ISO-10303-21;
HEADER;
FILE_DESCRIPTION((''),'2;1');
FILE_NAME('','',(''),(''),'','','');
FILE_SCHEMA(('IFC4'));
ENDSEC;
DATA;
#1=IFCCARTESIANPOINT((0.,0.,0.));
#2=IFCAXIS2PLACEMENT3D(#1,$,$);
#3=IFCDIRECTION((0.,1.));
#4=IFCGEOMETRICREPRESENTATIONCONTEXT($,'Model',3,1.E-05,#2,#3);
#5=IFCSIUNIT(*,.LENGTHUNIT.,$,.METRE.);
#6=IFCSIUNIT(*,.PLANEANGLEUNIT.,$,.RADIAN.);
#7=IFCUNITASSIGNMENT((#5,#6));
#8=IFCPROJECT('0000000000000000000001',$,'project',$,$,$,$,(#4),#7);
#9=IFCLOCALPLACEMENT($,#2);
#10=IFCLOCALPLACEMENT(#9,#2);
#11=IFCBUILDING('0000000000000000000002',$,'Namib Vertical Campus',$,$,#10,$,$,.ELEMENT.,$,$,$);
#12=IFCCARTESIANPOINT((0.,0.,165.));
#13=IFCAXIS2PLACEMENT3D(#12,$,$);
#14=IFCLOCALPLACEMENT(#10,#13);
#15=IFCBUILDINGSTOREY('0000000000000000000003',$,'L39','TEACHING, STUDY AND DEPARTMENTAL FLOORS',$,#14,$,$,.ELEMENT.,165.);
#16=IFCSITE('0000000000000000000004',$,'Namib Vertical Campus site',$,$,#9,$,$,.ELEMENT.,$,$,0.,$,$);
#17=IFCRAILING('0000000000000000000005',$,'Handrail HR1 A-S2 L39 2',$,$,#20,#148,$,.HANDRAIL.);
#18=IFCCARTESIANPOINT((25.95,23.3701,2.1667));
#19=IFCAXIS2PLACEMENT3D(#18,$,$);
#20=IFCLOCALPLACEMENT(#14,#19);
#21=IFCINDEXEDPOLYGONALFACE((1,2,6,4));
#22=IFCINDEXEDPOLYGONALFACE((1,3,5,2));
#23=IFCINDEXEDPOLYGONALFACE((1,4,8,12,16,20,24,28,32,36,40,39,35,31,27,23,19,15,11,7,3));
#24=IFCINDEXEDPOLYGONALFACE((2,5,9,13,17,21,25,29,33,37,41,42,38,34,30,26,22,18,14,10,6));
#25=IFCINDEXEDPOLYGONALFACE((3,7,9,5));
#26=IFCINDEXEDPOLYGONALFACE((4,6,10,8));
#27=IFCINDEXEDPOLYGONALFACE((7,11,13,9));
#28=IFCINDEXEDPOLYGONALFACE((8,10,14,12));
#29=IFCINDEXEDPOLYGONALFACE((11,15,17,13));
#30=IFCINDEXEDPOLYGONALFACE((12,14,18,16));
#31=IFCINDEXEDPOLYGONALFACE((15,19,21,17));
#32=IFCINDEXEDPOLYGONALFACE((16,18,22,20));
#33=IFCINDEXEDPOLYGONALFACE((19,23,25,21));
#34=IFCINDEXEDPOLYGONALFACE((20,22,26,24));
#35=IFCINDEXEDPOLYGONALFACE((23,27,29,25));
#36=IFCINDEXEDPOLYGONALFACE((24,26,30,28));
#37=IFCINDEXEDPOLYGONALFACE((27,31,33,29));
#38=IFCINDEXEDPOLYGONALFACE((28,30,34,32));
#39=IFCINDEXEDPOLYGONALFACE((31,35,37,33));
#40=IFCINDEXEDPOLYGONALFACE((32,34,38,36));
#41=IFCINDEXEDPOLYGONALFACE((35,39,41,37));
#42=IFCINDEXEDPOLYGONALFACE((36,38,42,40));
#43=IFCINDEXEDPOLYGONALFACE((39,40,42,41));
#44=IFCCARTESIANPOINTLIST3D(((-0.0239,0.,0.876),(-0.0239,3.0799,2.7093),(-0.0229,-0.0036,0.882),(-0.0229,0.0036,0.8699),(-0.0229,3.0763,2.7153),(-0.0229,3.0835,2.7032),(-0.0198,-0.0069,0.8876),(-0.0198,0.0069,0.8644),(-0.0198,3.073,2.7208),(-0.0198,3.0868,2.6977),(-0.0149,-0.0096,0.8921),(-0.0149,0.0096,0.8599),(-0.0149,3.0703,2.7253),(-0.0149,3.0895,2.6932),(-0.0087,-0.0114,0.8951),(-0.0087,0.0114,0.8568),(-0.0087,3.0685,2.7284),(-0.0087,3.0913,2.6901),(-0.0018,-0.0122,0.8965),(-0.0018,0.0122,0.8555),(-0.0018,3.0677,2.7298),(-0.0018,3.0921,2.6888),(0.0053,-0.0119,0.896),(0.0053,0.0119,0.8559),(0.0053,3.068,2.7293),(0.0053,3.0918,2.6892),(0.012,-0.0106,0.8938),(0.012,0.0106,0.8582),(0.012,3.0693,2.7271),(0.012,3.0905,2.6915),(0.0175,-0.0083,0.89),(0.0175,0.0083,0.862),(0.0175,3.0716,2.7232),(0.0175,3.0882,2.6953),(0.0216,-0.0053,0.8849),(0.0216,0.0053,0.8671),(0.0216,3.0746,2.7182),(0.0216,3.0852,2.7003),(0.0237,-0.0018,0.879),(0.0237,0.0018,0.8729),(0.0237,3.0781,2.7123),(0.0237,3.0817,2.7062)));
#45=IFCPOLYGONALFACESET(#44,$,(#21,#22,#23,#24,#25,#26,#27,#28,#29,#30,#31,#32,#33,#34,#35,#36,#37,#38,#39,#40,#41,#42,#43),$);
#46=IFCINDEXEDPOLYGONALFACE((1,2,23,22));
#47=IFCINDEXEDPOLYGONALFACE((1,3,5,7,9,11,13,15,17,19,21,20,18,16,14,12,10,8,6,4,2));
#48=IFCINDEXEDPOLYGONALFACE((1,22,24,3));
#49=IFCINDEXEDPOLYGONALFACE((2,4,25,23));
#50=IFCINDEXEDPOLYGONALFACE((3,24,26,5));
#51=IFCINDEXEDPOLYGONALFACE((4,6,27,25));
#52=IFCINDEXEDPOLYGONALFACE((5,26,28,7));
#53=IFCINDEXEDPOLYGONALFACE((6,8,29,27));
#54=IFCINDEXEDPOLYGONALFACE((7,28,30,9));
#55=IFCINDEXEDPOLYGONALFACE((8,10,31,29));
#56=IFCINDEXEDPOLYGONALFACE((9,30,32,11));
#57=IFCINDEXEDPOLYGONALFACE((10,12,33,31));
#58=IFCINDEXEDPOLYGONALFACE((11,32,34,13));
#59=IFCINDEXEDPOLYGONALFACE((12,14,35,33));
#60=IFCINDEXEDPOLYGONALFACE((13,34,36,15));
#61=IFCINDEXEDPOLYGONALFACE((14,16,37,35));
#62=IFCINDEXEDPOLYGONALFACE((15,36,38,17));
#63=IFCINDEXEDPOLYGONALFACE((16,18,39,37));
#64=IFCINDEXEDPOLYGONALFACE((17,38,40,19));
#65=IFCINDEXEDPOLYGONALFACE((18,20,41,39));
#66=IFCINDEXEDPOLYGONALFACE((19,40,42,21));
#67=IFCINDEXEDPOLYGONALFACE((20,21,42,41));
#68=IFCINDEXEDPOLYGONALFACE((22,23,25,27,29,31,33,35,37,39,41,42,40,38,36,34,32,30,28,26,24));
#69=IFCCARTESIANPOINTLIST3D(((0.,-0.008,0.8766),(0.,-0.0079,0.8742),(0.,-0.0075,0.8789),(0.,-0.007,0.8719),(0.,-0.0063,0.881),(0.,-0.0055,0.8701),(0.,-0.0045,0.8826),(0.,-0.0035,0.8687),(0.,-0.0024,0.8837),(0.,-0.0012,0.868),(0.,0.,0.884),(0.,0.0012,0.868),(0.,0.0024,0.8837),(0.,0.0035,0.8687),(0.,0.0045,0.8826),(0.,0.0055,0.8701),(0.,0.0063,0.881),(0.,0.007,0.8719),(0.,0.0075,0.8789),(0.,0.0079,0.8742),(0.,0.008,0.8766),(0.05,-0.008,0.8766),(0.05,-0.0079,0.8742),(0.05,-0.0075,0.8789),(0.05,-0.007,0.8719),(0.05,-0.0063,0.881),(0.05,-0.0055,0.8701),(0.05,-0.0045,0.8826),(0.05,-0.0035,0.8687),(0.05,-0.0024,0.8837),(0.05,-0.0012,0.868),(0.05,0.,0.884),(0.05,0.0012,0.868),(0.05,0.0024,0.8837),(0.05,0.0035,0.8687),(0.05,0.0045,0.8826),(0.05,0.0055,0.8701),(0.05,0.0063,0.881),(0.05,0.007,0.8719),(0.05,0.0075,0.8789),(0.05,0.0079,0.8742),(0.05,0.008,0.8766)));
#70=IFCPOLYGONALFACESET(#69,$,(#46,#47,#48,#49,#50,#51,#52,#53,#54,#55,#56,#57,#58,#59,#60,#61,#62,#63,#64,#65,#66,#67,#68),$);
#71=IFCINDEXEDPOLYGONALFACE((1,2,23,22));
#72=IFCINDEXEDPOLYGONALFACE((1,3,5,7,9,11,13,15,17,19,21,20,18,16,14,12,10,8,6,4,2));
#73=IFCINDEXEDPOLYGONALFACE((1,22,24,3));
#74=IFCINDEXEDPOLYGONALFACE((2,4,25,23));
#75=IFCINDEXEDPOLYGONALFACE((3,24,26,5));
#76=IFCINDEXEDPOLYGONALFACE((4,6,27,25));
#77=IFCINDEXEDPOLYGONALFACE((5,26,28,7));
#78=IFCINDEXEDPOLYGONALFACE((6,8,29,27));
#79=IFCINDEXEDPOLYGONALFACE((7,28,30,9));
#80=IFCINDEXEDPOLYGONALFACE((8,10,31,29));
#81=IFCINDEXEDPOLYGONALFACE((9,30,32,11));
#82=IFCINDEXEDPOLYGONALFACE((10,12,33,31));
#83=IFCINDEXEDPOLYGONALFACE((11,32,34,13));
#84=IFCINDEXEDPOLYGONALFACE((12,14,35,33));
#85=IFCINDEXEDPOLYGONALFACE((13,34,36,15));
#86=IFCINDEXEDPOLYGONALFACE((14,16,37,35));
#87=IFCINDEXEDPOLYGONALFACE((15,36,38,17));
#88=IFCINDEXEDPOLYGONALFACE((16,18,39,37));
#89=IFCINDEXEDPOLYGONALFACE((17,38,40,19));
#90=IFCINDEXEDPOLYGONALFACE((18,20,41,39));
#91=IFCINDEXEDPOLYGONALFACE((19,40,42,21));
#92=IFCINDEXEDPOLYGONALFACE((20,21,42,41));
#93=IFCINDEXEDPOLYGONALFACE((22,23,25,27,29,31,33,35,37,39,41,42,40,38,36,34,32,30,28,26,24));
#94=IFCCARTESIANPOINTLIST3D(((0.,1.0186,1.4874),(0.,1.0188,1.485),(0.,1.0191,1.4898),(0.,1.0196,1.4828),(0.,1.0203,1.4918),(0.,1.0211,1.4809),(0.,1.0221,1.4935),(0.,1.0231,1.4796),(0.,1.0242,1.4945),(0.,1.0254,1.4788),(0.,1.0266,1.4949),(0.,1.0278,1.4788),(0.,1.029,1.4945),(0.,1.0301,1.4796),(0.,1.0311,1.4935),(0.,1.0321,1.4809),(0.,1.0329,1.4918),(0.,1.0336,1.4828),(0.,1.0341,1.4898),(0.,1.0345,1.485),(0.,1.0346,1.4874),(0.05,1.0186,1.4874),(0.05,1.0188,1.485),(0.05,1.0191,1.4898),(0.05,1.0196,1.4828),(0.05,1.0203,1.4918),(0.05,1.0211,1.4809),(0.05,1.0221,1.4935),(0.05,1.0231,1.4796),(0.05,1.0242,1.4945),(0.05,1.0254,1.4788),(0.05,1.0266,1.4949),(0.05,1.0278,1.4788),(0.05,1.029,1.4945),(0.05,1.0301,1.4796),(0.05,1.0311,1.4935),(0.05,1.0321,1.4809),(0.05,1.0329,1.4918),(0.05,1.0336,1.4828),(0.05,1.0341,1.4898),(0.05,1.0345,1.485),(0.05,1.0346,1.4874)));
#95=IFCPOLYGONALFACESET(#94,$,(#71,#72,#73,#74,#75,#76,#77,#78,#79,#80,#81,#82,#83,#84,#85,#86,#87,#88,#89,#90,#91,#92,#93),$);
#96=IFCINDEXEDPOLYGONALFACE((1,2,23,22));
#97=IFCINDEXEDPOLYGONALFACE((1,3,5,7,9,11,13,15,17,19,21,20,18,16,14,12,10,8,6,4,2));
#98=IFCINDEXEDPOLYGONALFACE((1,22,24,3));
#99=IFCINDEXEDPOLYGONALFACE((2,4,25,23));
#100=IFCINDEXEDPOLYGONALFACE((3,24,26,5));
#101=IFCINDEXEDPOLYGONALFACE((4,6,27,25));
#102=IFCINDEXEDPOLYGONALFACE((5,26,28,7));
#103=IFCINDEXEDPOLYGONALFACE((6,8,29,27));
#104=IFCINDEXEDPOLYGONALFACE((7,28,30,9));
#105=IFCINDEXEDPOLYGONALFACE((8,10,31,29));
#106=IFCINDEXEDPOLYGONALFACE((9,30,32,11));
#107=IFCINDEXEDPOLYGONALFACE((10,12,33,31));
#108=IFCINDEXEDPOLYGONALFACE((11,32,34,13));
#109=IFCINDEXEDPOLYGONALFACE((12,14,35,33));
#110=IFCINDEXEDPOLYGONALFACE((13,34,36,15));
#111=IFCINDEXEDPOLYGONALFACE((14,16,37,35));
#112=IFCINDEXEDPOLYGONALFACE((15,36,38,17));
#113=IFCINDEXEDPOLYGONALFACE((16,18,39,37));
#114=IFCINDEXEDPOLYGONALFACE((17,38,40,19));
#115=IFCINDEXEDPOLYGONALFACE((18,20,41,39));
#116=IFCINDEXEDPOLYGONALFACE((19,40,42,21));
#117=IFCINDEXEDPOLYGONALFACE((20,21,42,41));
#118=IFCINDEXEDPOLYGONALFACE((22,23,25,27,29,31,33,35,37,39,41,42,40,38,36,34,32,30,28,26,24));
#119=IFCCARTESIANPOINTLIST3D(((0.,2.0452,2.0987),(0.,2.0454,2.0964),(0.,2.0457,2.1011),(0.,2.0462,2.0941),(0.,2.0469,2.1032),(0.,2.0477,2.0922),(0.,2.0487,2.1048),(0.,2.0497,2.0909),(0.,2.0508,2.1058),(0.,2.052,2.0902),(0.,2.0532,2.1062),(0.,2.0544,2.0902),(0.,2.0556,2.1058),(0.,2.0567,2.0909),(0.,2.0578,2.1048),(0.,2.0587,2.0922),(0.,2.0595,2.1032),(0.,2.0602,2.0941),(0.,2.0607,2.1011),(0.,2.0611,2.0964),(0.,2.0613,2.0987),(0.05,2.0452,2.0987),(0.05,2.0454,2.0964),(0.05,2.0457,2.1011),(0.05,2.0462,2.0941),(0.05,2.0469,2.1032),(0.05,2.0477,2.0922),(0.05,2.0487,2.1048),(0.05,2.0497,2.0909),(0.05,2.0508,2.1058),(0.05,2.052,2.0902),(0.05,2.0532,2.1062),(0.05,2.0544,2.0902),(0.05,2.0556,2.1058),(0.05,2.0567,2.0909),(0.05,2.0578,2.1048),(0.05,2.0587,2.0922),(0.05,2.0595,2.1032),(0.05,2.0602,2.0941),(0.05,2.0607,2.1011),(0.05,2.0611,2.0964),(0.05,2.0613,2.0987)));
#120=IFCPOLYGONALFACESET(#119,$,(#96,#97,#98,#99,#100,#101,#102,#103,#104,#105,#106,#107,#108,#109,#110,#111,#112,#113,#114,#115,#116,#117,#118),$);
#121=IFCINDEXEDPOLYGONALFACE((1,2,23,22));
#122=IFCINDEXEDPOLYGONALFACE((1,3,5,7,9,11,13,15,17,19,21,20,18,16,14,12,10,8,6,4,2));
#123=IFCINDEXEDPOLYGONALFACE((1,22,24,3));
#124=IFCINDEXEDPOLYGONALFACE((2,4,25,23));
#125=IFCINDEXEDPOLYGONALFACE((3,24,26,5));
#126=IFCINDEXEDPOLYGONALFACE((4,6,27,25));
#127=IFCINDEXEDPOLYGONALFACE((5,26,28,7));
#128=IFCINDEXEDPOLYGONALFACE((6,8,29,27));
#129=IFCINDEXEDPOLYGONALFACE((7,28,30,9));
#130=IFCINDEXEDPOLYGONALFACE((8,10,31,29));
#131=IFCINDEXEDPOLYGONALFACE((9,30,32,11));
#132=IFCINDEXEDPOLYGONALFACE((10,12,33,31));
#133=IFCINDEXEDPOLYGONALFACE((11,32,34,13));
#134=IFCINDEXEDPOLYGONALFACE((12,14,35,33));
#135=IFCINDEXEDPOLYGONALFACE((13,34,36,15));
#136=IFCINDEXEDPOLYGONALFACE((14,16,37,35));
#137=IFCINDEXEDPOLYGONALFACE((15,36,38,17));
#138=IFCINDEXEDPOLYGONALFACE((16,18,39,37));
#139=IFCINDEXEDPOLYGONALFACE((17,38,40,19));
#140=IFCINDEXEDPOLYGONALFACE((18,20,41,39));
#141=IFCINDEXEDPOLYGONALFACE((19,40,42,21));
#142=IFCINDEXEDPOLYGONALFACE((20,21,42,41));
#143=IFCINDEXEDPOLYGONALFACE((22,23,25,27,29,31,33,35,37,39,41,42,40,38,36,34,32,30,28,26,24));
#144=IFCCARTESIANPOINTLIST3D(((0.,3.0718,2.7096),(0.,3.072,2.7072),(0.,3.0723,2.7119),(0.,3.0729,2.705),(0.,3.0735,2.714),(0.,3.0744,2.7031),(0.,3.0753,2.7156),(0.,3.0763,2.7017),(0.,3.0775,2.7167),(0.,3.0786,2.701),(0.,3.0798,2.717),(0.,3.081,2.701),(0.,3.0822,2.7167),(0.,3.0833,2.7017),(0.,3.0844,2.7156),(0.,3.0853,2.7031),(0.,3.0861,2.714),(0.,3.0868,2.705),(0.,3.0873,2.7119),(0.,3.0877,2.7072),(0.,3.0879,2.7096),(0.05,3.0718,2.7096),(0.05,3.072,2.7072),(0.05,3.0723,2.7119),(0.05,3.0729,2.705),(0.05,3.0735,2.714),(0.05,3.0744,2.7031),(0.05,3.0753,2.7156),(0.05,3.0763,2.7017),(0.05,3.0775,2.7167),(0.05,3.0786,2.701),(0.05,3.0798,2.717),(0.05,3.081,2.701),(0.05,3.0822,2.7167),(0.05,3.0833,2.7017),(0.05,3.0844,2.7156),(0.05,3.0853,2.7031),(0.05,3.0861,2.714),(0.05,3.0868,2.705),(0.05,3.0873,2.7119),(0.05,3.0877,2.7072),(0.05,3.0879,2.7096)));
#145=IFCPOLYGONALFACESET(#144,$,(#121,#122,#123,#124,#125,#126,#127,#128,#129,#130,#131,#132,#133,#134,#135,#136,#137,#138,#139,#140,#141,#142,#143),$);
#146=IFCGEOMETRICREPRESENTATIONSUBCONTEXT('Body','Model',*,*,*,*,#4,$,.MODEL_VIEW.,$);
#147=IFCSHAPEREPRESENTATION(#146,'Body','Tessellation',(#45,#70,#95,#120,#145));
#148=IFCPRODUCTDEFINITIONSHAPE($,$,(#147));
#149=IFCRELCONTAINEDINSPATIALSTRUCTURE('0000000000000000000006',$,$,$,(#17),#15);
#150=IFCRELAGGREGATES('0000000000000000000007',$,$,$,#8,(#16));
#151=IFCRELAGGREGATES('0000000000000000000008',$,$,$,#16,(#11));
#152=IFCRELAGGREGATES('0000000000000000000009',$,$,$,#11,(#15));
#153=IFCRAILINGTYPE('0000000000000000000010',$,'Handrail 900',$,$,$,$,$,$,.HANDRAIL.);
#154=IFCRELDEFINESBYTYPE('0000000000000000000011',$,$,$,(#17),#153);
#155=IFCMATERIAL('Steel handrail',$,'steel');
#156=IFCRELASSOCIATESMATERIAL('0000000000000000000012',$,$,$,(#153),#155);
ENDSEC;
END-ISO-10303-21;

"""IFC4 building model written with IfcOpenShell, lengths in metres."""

from ifc_helpers import new_model, si_unit, direction, frame, origin, origin_2d, place, context, subcontext, project, spatial, circle, extrude, material, type_object, element, save


model = new_model("IFC4")

# Units and contexts
model_context = context("Model", 3, precision=1e-05, world=origin(), true_north=direction((0.0, 1.0)))
body_context = subcontext(model_context, "Body", "Model", "MODEL_VIEW")
ifc_project = project(units=[si_unit("LENGTHUNIT", "METRE"), si_unit("PLANEANGLEUNIT", "RADIAN")], contexts=[model_context])

# Site, building, storey
site_placement = place(None, origin())
site = spatial("IfcSite", under=ifc_project, at=site_placement, Name="Namib Vertical Campus site", CompositionType="ELEMENT", RefElevation=0.0)
building_placement = place(site_placement, origin())
building = spatial("IfcBuilding", under=site, at=building_placement, Name="Namib Vertical Campus", CompositionType="ELEMENT")
storey_placement = place(building_placement, frame((0.0, 0.0, 165.0)))
storey = spatial("IfcBuildingStorey", under=building, at=storey_placement, Name="L39", Description="TEACHING, STUDY AND DEPARTMENTAL FLOORS", CompositionType="ELEMENT", Elevation=165.0)

# Railing
ifc_material_1 = material(Name="Steel handrail", Category="steel")
railing_type_1 = type_object("IfcRailingType", Name="Handrail 900", PredefinedType="HANDRAIL", material=ifc_material_1)
railing_1_placement = place(storey_placement, frame((25.95, 23.3701, 2.1667)))
element("IfcRailing", 1, at=railing_1_placement, inside=storey, type_object=railing_type_1, Name="Handrail HR1 A-S2 L39 2", PredefinedType="HANDRAIL", context=body_context, shape_type="SweptSolid", body=[
    extrude(circle(Radius=0.0239, at=origin_2d()), frame((0.0, 0.0, 0.876), z_axis=(0.0, 0.859291, 0.511487), x_axis=(-1.0, 0.0, 0.0)), (0.0, 0.0, 1.0), 3.5842),
    extrude(circle(Radius=0.0081, at=origin_2d()), frame((0.0, 0.0, 0.876), z_axis=(1.0, 0.0, 0.0), x_axis=(0.0, 0.0, 1.0)), (0.0, 0.0, 1.0), 0.05),
    extrude(circle(Radius=0.0081, at=origin_2d()), frame((0.0, 1.0266, 1.4868), z_axis=(1.0, 0.0, 0.0), x_axis=(0.0, 0.0, 1.0)), (0.0, 0.0, 1.0), 0.05),
    extrude(circle(Radius=0.0081, at=origin_2d()), frame((0.0, 2.0532, 2.0981), z_axis=(1.0, 0.0, 0.0), x_axis=(0.0, 0.0, 1.0)), (0.0, 0.0, 1.0), 0.05),
    extrude(circle(Radius=0.0081, at=origin_2d()), frame((0.0, 3.0798, 2.709), z_axis=(1.0, 0.0, 0.0), x_axis=(0.0, 0.0, 1.0)), (0.0, 0.0, 1.0), 0.05),
])

save(model, "model.ifc")
